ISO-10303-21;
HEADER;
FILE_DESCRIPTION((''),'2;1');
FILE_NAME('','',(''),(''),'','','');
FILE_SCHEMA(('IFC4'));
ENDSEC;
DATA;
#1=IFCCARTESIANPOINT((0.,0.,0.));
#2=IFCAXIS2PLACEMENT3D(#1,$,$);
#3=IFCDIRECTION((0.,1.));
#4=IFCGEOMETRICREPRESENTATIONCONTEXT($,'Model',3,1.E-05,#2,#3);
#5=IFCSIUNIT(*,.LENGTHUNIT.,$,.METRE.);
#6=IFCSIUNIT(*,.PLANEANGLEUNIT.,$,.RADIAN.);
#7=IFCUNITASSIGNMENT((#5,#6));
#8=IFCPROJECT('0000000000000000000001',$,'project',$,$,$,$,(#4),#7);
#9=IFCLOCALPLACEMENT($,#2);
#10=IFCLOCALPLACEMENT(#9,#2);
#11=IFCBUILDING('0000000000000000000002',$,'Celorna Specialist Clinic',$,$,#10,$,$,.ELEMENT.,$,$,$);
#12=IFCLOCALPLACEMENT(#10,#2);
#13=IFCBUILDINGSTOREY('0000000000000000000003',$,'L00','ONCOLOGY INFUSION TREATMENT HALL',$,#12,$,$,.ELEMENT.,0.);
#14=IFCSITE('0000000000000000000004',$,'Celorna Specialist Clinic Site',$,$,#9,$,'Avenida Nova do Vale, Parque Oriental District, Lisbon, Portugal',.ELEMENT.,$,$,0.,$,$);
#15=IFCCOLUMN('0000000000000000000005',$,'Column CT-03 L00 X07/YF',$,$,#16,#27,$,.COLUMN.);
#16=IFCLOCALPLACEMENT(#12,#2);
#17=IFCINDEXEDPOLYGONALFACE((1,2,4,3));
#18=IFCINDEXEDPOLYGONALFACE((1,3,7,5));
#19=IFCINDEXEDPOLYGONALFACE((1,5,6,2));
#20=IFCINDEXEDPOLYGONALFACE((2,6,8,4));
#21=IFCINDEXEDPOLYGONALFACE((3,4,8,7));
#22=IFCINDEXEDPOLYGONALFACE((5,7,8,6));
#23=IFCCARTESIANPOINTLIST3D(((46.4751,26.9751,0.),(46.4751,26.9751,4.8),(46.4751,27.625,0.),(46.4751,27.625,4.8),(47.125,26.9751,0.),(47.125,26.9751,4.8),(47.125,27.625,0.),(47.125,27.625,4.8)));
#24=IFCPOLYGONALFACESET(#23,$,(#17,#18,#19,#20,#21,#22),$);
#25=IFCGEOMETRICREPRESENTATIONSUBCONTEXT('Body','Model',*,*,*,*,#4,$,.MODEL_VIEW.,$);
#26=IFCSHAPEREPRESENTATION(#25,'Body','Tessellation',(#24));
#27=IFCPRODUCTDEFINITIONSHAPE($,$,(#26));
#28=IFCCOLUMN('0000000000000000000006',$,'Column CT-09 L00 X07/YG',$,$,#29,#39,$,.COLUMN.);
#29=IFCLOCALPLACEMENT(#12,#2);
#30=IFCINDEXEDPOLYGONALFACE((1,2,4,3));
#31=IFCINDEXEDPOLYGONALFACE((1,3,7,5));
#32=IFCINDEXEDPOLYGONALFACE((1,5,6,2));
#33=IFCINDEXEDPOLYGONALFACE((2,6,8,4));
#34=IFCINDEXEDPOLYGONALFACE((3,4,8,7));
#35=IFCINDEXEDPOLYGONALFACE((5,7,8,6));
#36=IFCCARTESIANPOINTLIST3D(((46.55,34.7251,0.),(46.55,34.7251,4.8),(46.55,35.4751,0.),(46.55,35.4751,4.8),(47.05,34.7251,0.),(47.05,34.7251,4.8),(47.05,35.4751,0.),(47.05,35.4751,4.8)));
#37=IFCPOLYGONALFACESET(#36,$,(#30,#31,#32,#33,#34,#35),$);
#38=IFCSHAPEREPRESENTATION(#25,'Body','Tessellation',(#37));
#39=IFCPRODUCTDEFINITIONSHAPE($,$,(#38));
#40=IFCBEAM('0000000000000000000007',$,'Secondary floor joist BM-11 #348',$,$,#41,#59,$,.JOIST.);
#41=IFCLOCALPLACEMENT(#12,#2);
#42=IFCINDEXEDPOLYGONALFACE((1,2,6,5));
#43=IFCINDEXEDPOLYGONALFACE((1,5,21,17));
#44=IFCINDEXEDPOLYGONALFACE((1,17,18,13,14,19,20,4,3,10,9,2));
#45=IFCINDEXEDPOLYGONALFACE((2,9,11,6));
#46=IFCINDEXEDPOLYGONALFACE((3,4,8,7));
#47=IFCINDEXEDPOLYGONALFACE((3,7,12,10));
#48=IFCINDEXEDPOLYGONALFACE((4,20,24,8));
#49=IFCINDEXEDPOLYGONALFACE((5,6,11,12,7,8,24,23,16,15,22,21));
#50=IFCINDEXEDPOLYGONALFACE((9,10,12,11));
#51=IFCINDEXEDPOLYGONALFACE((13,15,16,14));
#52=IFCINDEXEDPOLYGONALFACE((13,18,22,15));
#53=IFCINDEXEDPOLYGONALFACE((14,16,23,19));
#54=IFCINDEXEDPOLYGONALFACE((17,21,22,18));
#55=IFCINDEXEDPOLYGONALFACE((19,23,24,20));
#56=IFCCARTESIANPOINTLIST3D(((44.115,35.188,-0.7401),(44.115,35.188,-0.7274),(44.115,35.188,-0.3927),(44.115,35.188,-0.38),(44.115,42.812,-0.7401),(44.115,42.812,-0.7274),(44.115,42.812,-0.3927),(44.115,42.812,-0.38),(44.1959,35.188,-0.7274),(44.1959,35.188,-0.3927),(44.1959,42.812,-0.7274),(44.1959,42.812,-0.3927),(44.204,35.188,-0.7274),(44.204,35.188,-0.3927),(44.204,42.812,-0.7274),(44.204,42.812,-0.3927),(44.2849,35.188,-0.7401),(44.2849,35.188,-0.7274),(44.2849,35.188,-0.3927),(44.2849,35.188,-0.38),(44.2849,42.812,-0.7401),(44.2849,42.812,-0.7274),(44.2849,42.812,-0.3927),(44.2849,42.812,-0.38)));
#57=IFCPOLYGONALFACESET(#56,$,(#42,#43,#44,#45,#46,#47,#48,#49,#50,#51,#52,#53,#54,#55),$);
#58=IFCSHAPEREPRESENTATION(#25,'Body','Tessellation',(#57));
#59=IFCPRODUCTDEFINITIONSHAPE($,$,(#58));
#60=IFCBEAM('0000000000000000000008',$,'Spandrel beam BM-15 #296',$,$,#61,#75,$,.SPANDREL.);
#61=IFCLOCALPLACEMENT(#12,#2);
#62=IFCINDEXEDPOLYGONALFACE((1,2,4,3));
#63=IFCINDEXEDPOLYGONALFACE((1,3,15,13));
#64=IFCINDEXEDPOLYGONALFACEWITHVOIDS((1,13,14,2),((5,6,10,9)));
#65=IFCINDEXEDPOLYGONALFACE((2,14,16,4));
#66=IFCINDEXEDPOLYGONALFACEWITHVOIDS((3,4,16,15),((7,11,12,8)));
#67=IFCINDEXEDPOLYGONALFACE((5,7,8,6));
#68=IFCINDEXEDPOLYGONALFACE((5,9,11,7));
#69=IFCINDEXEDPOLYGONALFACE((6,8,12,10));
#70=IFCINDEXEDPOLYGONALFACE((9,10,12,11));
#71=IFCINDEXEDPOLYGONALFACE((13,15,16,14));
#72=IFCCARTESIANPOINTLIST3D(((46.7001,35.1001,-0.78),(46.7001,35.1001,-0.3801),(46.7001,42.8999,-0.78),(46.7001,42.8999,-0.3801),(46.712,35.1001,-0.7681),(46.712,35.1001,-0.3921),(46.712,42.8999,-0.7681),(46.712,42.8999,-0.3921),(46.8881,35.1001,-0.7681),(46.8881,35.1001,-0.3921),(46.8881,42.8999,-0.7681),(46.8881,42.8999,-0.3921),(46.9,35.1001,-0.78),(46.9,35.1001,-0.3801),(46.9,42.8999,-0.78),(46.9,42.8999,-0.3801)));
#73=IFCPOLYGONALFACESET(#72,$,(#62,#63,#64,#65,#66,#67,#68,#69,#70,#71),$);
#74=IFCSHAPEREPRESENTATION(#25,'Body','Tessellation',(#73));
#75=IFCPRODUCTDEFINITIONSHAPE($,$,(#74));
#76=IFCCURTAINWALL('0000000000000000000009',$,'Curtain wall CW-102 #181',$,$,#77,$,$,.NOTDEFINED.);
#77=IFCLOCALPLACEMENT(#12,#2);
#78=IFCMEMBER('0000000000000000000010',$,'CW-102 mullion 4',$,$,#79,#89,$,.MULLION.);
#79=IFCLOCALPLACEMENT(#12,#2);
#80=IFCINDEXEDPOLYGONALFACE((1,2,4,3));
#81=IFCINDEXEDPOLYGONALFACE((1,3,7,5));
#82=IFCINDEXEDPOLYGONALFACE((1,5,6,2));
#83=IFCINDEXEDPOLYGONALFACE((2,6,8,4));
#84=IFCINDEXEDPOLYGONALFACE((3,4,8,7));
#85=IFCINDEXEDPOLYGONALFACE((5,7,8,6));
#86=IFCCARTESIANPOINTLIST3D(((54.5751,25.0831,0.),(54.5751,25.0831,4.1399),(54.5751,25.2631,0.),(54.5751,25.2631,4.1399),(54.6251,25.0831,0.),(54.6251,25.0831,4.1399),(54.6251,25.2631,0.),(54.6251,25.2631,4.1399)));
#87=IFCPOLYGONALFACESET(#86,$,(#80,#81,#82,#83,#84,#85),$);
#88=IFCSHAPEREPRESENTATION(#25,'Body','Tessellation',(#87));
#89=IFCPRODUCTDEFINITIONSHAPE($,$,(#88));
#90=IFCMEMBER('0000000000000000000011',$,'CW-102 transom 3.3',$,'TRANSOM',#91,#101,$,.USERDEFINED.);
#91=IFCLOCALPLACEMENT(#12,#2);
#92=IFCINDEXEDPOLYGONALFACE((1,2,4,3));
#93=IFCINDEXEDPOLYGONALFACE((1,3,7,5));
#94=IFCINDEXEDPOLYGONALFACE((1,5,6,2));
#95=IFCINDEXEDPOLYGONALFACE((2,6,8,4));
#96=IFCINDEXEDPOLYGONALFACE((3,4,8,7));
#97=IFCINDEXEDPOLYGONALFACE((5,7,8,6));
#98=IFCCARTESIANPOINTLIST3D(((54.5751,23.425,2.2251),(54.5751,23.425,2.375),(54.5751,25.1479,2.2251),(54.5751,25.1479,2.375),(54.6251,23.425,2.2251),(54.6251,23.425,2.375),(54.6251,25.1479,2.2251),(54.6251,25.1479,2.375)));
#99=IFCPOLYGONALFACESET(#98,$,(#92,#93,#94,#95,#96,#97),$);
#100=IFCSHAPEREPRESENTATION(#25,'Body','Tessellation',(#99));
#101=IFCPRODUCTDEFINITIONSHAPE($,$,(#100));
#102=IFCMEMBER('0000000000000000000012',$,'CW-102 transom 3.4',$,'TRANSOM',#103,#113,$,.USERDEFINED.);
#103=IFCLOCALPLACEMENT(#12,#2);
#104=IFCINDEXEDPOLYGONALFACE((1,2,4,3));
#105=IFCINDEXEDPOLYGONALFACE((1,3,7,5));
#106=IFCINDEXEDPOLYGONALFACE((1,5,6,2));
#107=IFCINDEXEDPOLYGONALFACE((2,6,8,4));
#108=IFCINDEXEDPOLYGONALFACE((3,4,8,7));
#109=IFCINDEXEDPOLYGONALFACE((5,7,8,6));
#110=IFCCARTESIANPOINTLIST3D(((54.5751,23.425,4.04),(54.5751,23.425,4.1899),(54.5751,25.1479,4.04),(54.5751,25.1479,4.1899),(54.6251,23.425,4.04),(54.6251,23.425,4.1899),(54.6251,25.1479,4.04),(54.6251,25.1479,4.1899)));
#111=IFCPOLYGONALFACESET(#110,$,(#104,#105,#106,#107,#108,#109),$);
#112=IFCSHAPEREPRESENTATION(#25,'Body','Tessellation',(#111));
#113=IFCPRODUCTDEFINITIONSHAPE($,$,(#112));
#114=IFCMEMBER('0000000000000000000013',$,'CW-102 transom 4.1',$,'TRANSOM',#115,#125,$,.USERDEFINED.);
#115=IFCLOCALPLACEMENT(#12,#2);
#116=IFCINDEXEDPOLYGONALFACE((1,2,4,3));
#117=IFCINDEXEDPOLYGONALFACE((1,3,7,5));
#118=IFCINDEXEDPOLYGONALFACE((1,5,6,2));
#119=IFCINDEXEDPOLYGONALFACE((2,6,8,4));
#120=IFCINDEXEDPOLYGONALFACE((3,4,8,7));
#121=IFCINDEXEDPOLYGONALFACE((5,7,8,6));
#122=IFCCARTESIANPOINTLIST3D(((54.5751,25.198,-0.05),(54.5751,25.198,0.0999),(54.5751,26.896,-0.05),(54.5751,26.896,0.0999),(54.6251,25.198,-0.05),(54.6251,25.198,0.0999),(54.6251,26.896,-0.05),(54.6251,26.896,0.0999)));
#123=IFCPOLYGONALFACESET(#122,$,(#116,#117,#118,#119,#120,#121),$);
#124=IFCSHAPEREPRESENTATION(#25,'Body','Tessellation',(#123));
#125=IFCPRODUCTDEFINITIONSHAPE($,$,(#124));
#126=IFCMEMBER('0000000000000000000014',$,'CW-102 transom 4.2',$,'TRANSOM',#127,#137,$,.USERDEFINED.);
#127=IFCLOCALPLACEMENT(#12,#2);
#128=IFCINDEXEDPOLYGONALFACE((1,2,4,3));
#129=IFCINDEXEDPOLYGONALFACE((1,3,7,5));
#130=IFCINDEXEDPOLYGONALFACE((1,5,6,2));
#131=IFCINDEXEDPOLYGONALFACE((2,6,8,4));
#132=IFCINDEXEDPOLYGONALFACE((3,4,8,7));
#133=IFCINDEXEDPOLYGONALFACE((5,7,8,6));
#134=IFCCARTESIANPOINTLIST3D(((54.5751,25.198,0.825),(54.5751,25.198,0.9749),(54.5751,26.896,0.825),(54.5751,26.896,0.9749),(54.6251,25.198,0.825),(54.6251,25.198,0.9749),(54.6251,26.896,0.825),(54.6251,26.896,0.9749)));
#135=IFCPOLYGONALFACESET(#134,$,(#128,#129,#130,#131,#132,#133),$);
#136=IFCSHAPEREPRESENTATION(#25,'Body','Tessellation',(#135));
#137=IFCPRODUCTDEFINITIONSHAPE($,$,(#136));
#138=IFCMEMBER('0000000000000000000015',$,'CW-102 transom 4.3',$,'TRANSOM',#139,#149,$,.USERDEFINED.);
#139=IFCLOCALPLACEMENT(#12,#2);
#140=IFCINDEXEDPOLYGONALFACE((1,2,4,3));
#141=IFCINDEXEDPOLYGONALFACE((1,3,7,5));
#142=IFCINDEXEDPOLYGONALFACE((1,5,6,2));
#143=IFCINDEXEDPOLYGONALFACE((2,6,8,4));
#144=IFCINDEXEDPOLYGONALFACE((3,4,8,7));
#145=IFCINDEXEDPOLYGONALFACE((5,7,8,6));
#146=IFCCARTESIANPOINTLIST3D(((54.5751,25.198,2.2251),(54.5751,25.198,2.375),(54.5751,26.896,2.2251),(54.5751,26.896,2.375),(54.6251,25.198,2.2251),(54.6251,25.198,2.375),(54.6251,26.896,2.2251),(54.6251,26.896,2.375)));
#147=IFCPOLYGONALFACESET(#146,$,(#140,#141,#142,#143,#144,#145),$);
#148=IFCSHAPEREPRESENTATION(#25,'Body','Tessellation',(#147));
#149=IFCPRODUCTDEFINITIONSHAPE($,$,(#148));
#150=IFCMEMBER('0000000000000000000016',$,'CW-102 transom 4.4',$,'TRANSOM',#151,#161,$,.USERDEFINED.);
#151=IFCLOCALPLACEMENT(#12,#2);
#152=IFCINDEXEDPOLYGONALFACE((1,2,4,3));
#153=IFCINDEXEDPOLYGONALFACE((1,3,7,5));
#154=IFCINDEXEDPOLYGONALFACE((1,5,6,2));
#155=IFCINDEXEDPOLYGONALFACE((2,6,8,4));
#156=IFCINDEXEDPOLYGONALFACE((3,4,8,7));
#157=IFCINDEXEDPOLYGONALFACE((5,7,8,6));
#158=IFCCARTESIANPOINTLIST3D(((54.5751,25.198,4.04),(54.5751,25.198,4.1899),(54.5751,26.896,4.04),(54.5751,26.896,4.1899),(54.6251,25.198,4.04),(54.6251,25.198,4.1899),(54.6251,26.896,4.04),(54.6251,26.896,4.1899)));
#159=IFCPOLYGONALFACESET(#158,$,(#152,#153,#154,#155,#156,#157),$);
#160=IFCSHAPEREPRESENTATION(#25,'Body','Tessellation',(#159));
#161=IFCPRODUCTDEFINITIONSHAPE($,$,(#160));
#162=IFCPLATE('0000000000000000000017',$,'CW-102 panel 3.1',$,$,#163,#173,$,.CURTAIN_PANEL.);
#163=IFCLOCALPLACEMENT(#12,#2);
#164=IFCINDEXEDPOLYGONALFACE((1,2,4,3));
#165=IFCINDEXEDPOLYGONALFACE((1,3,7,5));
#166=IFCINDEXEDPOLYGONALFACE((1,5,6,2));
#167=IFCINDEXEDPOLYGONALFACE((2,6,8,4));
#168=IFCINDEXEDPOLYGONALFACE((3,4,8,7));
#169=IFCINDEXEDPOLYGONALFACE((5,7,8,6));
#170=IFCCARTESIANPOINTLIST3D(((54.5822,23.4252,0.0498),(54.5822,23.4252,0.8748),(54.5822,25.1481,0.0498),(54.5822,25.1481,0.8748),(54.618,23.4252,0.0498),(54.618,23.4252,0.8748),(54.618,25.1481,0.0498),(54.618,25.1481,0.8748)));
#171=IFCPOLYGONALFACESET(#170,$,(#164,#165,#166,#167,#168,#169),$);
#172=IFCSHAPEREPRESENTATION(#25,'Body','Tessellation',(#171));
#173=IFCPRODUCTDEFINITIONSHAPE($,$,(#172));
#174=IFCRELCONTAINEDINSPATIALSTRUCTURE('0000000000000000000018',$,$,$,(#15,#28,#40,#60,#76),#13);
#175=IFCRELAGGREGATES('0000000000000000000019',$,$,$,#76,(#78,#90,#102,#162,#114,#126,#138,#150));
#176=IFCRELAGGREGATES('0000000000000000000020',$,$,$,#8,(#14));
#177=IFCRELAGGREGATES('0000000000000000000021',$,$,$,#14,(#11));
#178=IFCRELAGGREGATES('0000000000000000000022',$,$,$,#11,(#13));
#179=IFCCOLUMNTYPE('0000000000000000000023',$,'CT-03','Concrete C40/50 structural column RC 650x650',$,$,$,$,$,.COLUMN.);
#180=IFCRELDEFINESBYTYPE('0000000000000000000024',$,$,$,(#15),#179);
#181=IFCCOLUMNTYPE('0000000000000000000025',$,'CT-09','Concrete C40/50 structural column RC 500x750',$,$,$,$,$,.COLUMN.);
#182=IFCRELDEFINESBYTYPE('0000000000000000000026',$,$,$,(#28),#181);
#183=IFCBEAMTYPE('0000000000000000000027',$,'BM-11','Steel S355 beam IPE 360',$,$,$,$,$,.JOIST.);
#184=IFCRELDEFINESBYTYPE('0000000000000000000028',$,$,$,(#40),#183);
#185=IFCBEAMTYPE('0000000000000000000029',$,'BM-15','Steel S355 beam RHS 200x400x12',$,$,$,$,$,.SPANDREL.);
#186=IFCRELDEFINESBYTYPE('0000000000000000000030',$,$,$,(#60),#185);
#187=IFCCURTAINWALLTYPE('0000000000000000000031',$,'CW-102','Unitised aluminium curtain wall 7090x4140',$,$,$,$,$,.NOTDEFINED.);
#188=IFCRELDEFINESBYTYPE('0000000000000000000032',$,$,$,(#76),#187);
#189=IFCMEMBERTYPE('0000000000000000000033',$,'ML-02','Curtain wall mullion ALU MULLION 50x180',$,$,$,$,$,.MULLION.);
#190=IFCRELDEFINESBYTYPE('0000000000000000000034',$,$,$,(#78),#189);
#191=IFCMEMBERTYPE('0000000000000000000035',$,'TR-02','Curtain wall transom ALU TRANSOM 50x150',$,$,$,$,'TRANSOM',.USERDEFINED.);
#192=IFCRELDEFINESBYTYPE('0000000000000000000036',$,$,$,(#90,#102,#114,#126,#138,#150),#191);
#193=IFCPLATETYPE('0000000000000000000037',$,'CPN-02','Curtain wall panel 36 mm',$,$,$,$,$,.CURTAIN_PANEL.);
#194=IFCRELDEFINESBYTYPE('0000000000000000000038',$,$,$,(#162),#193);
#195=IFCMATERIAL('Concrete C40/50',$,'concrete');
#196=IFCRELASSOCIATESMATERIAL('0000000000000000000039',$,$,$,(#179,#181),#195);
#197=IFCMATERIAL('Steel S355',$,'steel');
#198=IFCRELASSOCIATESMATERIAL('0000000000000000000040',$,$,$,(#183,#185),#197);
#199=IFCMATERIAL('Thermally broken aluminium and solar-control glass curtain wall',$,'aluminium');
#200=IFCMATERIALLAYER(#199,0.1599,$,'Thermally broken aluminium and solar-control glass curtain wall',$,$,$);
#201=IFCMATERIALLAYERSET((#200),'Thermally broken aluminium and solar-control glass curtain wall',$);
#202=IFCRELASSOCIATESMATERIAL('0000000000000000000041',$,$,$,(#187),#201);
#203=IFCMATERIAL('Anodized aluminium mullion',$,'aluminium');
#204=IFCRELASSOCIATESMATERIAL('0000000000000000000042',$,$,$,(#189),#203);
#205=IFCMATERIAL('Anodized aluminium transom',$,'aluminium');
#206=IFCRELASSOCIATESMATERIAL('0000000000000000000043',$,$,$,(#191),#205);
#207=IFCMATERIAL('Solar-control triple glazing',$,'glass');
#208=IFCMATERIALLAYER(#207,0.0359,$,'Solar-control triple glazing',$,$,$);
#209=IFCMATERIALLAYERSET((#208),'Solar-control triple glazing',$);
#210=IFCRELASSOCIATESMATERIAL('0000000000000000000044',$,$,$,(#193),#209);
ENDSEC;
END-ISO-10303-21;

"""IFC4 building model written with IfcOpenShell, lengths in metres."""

from ifc_helpers import new_model, si_unit, direction, frame, origin, origin_2d, place, context, subcontext, project, spatial, rectangle, hollow_rectangle, i_section, extrude, material, layer, layer_set, material_profile, profile_set, type_object, element, aggregate, save


model = new_model("IFC4")

# Units and contexts
model_context = context("Model", 3, precision=1e-05, world=origin(), true_north=direction((0.0, 1.0)))
body_context = subcontext(model_context, "Body", "Model", "MODEL_VIEW")
ifc_project = project(units=[si_unit("LENGTHUNIT", "METRE"), si_unit("PLANEANGLEUNIT", "RADIAN")], contexts=[model_context])

# Site, building, storey
site_placement = place(None, origin())
site = spatial("IfcSite", under=ifc_project, at=site_placement, Name="Celorna Specialist Clinic Site", LongName="Avenida Nova do Vale, Parque Oriental District, Lisbon, Portugal", CompositionType="ELEMENT", RefElevation=0.0)
building_placement = place(site_placement, origin())
building = spatial("IfcBuilding", under=site, at=building_placement, Name="Celorna Specialist Clinic", CompositionType="ELEMENT")
storey_placement = place(building_placement, origin())
storey = spatial("IfcBuildingStorey", under=building, at=storey_placement, Name="L00", Description="ONCOLOGY INFUSION TREATMENT HALL", CompositionType="ELEMENT", Elevation=0.0)

# Columns
ifc_material_1 = material(Name="Concrete C40/50", Category="concrete")
ifc_material_profile_1 = material_profile(ifc_material_1, rectangle(XDim=0.6499, YDim=0.6499, at=origin_2d()), Name="RC 650x650")
ifc_profile_set_1 = profile_set([ifc_material_profile_1], Name="Concrete C40/50")
column_type_1 = type_object("IfcColumnType", Name="CT-03", Description="Concrete C40/50 structural column RC 650x650", PredefinedType="COLUMN", material=ifc_profile_set_1)
column_1_placement = place(storey_placement, frame((46.8, 27.3, 0.0), z_axis=(0.0, 0.0, 1.0), x_axis=(1.0, 0.0, 0.0)))
element("IfcColumn", 1, at=column_1_placement, inside=storey, type_object=column_type_1, Name="Column CT-03 L00 X07/YF", PredefinedType="COLUMN", context=body_context, shape_type="SweptSolid", body=[
    extrude(rectangle(XDim=0.6499, YDim=0.6499, at=origin_2d()), origin(), (0.0, 0.0, 1.0), 4.8),
])
ifc_material_profile_2 = material_profile(ifc_material_1, rectangle(XDim=0.5, YDim=0.75, at=origin_2d()), Name="RC 500x750")
ifc_profile_set_2 = profile_set([ifc_material_profile_2], Name="Concrete C40/50")
column_type_2 = type_object("IfcColumnType", Name="CT-09", Description="Concrete C40/50 structural column RC 500x750", PredefinedType="COLUMN", material=ifc_profile_set_2)
column_2_placement = place(storey_placement, frame((46.8, 35.1001, 0.0), z_axis=(0.0, 0.0, 1.0), x_axis=(1.0, 0.0, 0.0)))
element("IfcColumn", 2, at=column_2_placement, inside=storey, type_object=column_type_2, Name="Column CT-09 L00 X07/YG", PredefinedType="COLUMN", context=body_context, shape_type="SweptSolid", body=[
    extrude(rectangle(XDim=0.5, YDim=0.75, at=origin_2d()), origin(), (0.0, 0.0, 1.0), 4.8),
])

# Beams
ifc_material_2 = material(Name="Steel S355", Category="steel")
ifc_material_profile_3 = material_profile(ifc_material_2, i_section(OverallWidth=0.1699, OverallDepth=0.3601, WebThickness=0.0081, FlangeThickness=0.0127, at=origin_2d()), Name="IPE 360")
ifc_profile_set_3 = profile_set([ifc_material_profile_3], Name="Steel S355")
beam_type_1 = type_object("IfcBeamType", Name="BM-11", Description="Steel S355 beam IPE 360", PredefinedType="JOIST", material=ifc_profile_set_3)
beam_1_placement = place(storey_placement, frame((44.2, 35.188, -0.5601), z_axis=(0.0, 1.0, 0.0), x_axis=(-1.0, 0.0, 0.0)))
element("IfcBeam", 3, at=beam_1_placement, inside=storey, type_object=beam_type_1, Name="Secondary floor joist BM-11 #348", PredefinedType="JOIST", context=body_context, shape_type="SweptSolid", body=[
    extrude(i_section(OverallWidth=0.1699, OverallDepth=0.3601, WebThickness=0.0081, FlangeThickness=0.0127, at=origin_2d()), origin(), (0.0, 0.0, 1.0), 7.624),
])
ifc_material_profile_4 = material_profile(ifc_material_2, hollow_rectangle(XDim=0.2, YDim=0.3999, WallThickness=0.012, at=origin_2d()), Name="RHS 200x400x12")
ifc_profile_set_4 = profile_set([ifc_material_profile_4], Name="Steel S355")
beam_type_2 = type_object("IfcBeamType", Name="BM-15", Description="Steel S355 beam RHS 200x400x12", PredefinedType="SPANDREL", material=ifc_profile_set_4)
beam_2_placement = place(storey_placement, frame((46.8, 35.1001, -0.5801), z_axis=(0.0, 1.0, 0.0), x_axis=(-1.0, 0.0, 0.0)))
element("IfcBeam", 4, at=beam_2_placement, inside=storey, type_object=beam_type_2, Name="Spandrel beam BM-15 #296", PredefinedType="SPANDREL", context=body_context, shape_type="SweptSolid", body=[
    extrude(hollow_rectangle(XDim=0.2, YDim=0.3999, WallThickness=0.012, at=origin_2d()), origin(), (0.0, 0.0, 1.0), 7.7998),
])

# Curtain wall, members, plate
ifc_material_3 = material(Name="Thermally broken aluminium and solar-control glass curtain wall", Category="aluminium")
ifc_layer_1 = layer(ifc_material_3, 0.1599, Name="Thermally broken aluminium and solar-control glass curtain wall")
ifc_layer_set_1 = layer_set([ifc_layer_1], Name="Thermally broken aluminium and solar-control glass curtain wall")
curtain_wall_type = type_object("IfcCurtainWallType", Name="CW-102", Description="Unitised aluminium curtain wall 7090x4140", PredefinedType="NOTDEFINED", material=ifc_layer_set_1)
curtain_wall_placement = place(storey_placement, origin())
curtain_wall = element("IfcCurtainWall", 5, at=curtain_wall_placement, inside=storey, type_object=curtain_wall_type, Name="Curtain wall CW-102 #181", PredefinedType="NOTDEFINED")
ifc_material_4 = material(Name="Anodized aluminium mullion", Category="aluminium")
ifc_material_profile_5 = material_profile(ifc_material_4, rectangle(XDim=0.05, YDim=0.1799, at=origin_2d()), Name="ALU MULLION 50x180")
ifc_profile_set_5 = profile_set([ifc_material_profile_5], Name="Anodized aluminium mullion")
member_type_1 = type_object("IfcMemberType", Name="ML-02", Description="Curtain wall mullion ALU MULLION 50x180", PredefinedType="MULLION", material=ifc_profile_set_5)
member_1_placement = place(storey_placement, frame((54.6001, 25.1731, 0.0), z_axis=(0.0, 0.0, 1.0), x_axis=(-1.0, 0.0, 0.0)))
member_1 = element("IfcMember", 6, at=member_1_placement, type_object=member_type_1, Name="CW-102 mullion 4", PredefinedType="MULLION", context=body_context, shape_type="SweptSolid", body=[
    extrude(rectangle(XDim=0.05, YDim=0.1799, at=origin_2d()), origin(), (0.0, 0.0, 1.0), 4.1399),
])
ifc_material_5 = material(Name="Anodized aluminium transom", Category="aluminium")
ifc_material_profile_6 = material_profile(ifc_material_5, rectangle(XDim=0.05, YDim=0.1499, at=origin_2d()), Name="ALU TRANSOM 50x150")
ifc_profile_set_6 = profile_set([ifc_material_profile_6], Name="Anodized aluminium transom")
member_type_2 = type_object("IfcMemberType", Name="TR-02", Description="Curtain wall transom ALU TRANSOM 50x150", ElementType="TRANSOM", PredefinedType="USERDEFINED", material=ifc_profile_set_6)
member_2_placement = place(storey_placement, frame((54.6001, 23.425, 2.3), z_axis=(0.0, 1.0, 0.0), x_axis=(-1.0, 0.0, 0.0)))
member_2 = element("IfcMember", 7, at=member_2_placement, type_object=member_type_2, Name="CW-102 transom 3.3", ObjectType="TRANSOM", PredefinedType="USERDEFINED", context=body_context, shape_type="SweptSolid", body=[
    extrude(rectangle(XDim=0.05, YDim=0.1499, at=origin_2d()), origin(), (0.0, 0.0, 1.0), 1.7229),
])
member_3_placement = place(storey_placement, frame((54.6001, 23.425, 4.115), z_axis=(0.0, 1.0, 0.0), x_axis=(-1.0, 0.0, 0.0)))
member_3 = element("IfcMember", 8, at=member_3_placement, type_object=member_type_2, Name="CW-102 transom 3.4", ObjectType="TRANSOM", PredefinedType="USERDEFINED", context=body_context, shape_type="SweptSolid", body=[
    extrude(rectangle(XDim=0.05, YDim=0.1499, at=origin_2d()), origin(), (0.0, 0.0, 1.0), 1.7229),
])
member_4_placement = place(storey_placement, frame((54.6001, 25.198, 0.0249), z_axis=(0.0, 1.0, 0.0), x_axis=(-1.0, 0.0, 0.0)))
member_4 = element("IfcMember", 9, at=member_4_placement, type_object=member_type_2, Name="CW-102 transom 4.1", ObjectType="TRANSOM", PredefinedType="USERDEFINED", context=body_context, shape_type="SweptSolid", body=[
    extrude(rectangle(XDim=0.05, YDim=0.1499, at=origin_2d()), origin(), (0.0, 0.0, 1.0), 1.698),
])
member_5_placement = place(storey_placement, frame((54.6001, 25.198, 0.8999), z_axis=(0.0, 1.0, 0.0), x_axis=(-1.0, 0.0, 0.0)))
member_5 = element("IfcMember", 10, at=member_5_placement, type_object=member_type_2, Name="CW-102 transom 4.2", ObjectType="TRANSOM", PredefinedType="USERDEFINED", context=body_context, shape_type="SweptSolid", body=[
    extrude(rectangle(XDim=0.05, YDim=0.1499, at=origin_2d()), origin(), (0.0, 0.0, 1.0), 1.698),
])
member_6_placement = place(storey_placement, frame((54.6001, 25.198, 2.3), z_axis=(0.0, 1.0, 0.0), x_axis=(-1.0, 0.0, 0.0)))
member_6 = element("IfcMember", 11, at=member_6_placement, type_object=member_type_2, Name="CW-102 transom 4.3", ObjectType="TRANSOM", PredefinedType="USERDEFINED", context=body_context, shape_type="SweptSolid", body=[
    extrude(rectangle(XDim=0.05, YDim=0.1499, at=origin_2d()), origin(), (0.0, 0.0, 1.0), 1.698),
])
member_7_placement = place(storey_placement, frame((54.6001, 25.198, 4.115), z_axis=(0.0, 1.0, 0.0), x_axis=(-1.0, 0.0, 0.0)))
member_7 = element("IfcMember", 12, at=member_7_placement, type_object=member_type_2, Name="CW-102 transom 4.4", ObjectType="TRANSOM", PredefinedType="USERDEFINED", context=body_context, shape_type="SweptSolid", body=[
    extrude(rectangle(XDim=0.05, YDim=0.1499, at=origin_2d()), origin(), (0.0, 0.0, 1.0), 1.698),
])
ifc_material_6 = material(Name="Solar-control triple glazing", Category="glass")
ifc_layer_2 = layer(ifc_material_6, 0.0359, Name="Solar-control triple glazing")
ifc_layer_set_2 = layer_set([ifc_layer_2], Name="Solar-control triple glazing")
plate_type = type_object("IfcPlateType", Name="CPN-02", Description="Curtain wall panel 36 mm", PredefinedType="CURTAIN_PANEL", material=ifc_layer_set_2)
plate_1_placement = place(storey_placement, frame((54.6001, 24.2866, 0.0498), z_axis=(0.0, 0.0, 1.0), x_axis=(0.0, 1.0, 0.0)))
plate_1 = element("IfcPlate", 13, at=plate_1_placement, type_object=plate_type, Name="CW-102 panel 3.1", PredefinedType="CURTAIN_PANEL", context=body_context, shape_type="SweptSolid", body=[
    extrude(rectangle(XDim=1.7229, YDim=0.0359, at=origin_2d()), origin(), (0.0, 0.0, 1.0), 0.825),
])
aggregate(curtain_wall, [member_1, member_2, member_3, plate_1, member_4, member_5, member_6, member_7])

save(model, "model.ifc")
